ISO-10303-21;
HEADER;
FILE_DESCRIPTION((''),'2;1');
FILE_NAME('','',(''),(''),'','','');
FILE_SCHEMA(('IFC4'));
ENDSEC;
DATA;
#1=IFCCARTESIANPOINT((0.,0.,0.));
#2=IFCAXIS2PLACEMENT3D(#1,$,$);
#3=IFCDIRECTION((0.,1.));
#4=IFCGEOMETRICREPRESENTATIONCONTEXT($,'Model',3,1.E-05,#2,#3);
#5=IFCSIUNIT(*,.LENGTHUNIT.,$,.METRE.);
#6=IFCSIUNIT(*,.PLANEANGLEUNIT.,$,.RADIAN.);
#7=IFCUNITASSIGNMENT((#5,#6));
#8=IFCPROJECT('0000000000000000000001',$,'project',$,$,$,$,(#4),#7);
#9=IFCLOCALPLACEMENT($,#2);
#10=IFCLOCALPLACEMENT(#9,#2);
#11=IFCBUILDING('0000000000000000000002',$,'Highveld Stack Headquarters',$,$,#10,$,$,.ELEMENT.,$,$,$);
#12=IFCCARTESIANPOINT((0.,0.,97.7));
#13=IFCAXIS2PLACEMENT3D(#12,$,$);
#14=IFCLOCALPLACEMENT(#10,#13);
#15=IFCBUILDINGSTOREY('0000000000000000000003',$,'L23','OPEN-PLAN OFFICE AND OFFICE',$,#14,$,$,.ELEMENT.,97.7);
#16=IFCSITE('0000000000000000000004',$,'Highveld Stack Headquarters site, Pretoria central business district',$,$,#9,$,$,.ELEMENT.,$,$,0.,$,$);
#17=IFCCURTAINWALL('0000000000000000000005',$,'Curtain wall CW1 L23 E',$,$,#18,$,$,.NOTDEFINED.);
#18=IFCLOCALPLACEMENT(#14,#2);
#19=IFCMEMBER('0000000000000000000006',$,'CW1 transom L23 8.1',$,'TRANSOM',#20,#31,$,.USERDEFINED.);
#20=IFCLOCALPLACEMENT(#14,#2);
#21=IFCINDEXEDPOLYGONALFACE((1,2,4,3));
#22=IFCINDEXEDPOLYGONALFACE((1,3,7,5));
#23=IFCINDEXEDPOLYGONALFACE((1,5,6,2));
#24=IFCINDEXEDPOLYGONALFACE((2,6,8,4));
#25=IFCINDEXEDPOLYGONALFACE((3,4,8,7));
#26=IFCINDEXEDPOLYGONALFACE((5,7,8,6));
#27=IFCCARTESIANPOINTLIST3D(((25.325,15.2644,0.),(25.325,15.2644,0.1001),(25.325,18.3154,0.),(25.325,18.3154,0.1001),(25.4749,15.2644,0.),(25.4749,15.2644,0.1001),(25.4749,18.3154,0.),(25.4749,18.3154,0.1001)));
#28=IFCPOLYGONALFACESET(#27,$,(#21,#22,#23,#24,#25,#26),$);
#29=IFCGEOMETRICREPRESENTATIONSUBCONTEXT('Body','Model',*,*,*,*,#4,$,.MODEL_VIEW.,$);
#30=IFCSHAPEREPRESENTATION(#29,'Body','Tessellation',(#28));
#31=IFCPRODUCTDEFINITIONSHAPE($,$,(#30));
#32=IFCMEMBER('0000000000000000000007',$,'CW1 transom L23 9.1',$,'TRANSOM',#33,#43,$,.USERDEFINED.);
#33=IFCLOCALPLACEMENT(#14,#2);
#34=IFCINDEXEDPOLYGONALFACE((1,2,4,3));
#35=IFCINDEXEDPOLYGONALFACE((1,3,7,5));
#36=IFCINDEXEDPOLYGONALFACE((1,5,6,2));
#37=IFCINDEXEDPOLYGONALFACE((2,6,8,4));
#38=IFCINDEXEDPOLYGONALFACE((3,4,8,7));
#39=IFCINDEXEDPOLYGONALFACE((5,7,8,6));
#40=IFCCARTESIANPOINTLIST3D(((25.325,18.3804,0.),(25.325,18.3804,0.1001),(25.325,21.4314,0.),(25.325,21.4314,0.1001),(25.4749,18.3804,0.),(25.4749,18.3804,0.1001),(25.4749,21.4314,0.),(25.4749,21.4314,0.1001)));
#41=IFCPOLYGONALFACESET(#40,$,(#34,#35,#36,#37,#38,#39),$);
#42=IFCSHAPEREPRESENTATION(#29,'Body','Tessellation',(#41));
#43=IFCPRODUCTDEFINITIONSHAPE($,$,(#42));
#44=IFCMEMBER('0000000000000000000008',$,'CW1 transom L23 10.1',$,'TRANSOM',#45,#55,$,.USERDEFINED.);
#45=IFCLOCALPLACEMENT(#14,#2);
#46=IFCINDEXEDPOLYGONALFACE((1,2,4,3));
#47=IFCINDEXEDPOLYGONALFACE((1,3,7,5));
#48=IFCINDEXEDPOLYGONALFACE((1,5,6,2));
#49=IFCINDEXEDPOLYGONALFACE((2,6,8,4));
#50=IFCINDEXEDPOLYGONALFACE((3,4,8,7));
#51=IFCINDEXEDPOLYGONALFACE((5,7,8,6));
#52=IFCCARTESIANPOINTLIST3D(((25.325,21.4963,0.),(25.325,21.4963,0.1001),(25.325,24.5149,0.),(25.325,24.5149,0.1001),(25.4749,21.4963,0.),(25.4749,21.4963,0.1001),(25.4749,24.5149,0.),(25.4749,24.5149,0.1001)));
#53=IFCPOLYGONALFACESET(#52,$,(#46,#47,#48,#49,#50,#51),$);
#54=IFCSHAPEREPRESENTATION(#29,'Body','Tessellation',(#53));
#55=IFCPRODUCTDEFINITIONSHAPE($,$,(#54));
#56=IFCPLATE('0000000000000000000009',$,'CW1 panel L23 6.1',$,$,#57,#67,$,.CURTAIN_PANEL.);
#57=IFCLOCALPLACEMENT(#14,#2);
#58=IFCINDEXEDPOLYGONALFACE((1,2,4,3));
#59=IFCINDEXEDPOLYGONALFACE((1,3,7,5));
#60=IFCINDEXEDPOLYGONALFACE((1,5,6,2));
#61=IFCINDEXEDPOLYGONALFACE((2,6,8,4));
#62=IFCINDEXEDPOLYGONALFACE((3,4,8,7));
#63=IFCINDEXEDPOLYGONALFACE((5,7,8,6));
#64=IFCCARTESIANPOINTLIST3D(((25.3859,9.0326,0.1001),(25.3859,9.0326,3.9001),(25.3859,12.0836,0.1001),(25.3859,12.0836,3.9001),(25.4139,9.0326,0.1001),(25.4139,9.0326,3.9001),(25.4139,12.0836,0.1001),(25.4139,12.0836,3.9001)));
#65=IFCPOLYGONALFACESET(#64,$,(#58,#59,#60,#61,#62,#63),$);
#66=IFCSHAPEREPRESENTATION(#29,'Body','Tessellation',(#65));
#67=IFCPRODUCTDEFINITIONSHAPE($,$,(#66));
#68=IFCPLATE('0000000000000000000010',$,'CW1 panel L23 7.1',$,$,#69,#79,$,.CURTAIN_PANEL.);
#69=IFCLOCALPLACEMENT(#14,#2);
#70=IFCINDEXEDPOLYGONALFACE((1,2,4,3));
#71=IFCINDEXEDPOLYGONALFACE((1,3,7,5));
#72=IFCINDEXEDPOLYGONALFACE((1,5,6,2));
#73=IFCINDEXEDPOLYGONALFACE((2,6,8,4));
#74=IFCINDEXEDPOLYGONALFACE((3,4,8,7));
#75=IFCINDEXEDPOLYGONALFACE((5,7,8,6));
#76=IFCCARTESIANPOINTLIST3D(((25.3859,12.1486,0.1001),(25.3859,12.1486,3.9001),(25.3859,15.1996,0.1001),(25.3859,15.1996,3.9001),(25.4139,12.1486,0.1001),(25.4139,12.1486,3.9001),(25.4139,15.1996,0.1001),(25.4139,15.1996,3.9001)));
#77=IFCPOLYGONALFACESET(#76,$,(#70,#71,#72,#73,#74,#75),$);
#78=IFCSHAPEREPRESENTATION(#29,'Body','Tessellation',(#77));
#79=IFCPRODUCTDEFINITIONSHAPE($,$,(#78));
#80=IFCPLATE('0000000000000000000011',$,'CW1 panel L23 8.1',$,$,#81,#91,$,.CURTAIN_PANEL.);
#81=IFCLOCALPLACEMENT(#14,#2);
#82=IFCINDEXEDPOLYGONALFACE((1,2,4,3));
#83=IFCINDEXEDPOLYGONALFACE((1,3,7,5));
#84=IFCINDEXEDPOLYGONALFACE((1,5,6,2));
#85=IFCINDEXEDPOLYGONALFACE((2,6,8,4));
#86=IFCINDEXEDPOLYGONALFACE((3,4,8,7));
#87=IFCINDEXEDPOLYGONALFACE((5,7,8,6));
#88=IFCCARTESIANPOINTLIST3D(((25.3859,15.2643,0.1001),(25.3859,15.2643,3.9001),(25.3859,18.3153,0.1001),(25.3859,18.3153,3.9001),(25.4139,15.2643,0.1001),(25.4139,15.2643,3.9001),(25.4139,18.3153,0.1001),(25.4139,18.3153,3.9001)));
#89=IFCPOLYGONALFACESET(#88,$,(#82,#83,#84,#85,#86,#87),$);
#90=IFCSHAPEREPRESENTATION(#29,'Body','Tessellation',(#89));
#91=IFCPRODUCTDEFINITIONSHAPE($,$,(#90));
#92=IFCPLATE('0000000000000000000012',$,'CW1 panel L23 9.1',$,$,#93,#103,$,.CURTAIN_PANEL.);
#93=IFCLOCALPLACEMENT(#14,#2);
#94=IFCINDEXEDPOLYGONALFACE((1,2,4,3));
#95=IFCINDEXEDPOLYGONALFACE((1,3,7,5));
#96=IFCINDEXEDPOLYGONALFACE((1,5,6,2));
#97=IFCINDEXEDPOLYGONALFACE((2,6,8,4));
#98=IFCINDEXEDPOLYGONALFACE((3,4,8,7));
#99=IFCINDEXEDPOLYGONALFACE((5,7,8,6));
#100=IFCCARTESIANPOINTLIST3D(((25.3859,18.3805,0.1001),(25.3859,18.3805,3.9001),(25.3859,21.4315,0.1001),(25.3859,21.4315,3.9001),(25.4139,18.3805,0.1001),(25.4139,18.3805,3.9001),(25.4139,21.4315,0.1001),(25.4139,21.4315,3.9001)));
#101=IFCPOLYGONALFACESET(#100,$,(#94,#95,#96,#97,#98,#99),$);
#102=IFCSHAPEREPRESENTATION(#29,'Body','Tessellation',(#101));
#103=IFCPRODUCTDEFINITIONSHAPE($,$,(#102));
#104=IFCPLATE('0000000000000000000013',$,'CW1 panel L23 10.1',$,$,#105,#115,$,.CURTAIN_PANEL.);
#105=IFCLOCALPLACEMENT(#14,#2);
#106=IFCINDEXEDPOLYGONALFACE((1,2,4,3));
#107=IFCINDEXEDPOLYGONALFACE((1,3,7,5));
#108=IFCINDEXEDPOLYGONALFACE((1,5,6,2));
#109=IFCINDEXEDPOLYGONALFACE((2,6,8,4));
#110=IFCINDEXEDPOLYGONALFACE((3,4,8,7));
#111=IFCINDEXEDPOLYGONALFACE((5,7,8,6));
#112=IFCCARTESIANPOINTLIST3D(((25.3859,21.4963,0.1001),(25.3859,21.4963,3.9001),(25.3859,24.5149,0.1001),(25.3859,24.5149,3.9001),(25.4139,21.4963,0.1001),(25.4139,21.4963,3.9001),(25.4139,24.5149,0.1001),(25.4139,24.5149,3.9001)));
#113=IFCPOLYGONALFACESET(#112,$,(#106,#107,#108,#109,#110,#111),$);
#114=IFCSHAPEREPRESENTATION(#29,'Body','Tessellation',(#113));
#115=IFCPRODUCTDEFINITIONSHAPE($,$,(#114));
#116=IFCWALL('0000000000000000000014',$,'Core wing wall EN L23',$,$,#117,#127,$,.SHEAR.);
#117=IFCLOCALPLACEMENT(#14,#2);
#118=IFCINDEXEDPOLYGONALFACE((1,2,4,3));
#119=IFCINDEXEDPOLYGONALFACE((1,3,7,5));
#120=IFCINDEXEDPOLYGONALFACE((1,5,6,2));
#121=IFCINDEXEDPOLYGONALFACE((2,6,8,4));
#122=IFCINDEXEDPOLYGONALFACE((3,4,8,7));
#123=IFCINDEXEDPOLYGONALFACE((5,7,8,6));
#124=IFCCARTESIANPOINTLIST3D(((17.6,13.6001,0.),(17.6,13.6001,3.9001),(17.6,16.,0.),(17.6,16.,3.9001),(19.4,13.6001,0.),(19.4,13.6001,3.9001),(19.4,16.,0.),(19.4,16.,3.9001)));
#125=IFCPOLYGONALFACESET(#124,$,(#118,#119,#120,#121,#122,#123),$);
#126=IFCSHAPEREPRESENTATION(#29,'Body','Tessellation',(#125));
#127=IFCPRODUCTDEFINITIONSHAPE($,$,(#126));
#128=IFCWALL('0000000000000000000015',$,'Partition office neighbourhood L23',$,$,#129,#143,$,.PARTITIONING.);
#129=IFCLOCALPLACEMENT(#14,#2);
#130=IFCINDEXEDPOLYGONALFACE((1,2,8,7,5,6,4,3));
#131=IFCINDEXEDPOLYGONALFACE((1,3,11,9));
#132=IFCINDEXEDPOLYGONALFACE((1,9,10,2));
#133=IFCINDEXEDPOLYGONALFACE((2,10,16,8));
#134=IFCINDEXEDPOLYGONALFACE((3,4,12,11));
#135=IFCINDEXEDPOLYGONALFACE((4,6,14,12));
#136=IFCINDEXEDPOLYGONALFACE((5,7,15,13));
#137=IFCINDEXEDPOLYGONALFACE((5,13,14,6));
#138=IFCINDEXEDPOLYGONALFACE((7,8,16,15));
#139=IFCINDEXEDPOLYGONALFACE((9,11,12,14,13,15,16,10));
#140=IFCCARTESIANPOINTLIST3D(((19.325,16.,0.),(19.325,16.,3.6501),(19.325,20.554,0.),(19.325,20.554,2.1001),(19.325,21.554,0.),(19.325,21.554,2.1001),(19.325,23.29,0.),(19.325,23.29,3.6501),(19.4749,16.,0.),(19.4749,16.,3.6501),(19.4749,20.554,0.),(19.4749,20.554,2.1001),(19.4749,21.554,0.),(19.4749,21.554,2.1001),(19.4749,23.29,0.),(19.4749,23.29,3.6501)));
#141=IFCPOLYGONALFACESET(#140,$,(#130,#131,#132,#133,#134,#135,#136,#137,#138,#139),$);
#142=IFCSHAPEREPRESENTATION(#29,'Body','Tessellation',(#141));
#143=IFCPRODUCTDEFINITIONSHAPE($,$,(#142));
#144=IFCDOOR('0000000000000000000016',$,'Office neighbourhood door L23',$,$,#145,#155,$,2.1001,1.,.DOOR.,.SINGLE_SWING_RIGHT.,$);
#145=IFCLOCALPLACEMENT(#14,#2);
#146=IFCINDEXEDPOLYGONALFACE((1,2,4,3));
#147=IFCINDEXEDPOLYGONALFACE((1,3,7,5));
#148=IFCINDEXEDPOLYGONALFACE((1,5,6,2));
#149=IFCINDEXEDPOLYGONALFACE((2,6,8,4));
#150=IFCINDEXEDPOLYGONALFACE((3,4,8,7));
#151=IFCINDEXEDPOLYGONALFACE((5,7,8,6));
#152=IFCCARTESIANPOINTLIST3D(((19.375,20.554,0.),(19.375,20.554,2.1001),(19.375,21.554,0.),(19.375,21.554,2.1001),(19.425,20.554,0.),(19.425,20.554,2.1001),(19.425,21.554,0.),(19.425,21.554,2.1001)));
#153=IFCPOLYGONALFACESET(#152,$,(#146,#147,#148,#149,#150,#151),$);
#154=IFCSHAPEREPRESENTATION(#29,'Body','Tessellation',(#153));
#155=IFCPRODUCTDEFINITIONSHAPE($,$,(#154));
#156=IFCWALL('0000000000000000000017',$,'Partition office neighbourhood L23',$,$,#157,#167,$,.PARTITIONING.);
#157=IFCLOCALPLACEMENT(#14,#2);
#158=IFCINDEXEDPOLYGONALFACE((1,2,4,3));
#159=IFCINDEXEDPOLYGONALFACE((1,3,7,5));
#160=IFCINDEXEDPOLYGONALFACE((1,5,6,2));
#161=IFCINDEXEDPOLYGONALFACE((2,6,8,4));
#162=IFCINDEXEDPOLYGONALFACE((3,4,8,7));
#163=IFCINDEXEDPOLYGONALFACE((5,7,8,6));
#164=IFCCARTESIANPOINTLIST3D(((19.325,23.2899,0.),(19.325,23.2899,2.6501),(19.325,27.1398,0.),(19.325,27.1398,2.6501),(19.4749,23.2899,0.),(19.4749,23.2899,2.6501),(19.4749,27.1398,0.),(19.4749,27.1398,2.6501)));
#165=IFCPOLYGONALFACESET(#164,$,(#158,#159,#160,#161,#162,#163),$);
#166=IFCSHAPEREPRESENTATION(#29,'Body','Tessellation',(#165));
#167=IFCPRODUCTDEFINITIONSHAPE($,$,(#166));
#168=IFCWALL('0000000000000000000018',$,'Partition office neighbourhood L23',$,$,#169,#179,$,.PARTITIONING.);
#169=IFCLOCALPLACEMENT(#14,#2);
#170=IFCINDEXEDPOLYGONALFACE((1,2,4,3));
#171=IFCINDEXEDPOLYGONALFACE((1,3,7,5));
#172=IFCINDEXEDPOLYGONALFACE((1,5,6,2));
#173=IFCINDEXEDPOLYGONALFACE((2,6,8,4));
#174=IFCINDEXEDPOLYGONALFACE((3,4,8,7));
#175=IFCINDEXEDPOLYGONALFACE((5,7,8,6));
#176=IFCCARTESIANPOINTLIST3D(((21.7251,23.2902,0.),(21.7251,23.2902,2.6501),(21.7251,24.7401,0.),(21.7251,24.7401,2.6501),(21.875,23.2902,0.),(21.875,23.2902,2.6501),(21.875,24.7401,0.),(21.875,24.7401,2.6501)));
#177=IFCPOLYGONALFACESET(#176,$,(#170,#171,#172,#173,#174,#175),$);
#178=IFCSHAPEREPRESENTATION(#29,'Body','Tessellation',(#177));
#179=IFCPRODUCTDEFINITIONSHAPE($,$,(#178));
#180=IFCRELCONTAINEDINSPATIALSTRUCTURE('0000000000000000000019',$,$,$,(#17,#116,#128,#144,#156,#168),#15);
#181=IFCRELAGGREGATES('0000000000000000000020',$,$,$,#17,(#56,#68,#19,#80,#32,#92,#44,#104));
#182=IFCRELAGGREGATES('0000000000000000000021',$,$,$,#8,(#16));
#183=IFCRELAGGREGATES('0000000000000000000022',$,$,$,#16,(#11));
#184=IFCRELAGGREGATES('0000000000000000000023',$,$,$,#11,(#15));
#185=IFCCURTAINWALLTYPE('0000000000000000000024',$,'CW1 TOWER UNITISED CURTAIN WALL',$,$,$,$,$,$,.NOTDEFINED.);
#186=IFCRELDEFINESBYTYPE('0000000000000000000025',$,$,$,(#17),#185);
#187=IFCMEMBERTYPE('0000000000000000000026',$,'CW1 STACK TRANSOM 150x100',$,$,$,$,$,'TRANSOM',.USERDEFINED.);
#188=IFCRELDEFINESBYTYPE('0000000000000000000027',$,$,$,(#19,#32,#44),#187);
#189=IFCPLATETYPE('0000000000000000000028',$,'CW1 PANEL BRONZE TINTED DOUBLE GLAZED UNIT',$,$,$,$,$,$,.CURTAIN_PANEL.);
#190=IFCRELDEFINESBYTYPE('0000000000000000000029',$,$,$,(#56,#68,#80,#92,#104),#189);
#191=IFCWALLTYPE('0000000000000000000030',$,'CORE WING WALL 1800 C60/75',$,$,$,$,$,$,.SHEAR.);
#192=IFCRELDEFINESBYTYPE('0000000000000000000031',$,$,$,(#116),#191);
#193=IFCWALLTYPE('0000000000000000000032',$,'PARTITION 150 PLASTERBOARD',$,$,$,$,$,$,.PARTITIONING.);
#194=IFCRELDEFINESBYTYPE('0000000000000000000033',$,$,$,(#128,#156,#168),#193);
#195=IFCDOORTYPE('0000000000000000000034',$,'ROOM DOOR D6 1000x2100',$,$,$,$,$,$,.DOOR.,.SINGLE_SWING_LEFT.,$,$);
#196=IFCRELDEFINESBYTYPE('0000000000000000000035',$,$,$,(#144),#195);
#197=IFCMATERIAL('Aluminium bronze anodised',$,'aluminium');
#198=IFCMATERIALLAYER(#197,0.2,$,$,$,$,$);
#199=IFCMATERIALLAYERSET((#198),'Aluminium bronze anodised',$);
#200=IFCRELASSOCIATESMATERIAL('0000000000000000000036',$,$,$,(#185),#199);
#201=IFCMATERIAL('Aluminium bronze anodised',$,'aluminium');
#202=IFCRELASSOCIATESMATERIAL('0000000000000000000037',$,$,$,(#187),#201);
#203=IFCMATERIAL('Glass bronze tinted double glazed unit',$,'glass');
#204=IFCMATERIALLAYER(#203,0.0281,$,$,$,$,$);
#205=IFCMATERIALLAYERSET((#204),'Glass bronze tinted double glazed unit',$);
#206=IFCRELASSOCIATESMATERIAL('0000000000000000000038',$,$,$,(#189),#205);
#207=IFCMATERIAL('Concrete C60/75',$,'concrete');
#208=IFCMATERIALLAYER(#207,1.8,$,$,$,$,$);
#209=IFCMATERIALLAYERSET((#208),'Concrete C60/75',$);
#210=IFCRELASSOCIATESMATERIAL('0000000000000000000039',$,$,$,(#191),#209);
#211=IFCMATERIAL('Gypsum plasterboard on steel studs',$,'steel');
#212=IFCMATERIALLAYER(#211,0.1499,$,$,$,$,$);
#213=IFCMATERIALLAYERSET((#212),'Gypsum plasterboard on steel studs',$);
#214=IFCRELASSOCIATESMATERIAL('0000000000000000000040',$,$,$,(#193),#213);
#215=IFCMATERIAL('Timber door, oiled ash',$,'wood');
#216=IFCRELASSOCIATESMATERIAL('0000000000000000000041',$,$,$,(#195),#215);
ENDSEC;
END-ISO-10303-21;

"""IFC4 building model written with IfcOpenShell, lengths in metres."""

from ifc_helpers import new_model, si_unit, direction, frame, frame_2d, origin, origin_2d, place, context, subcontext, project, spatial, rectangle, extrude, material, layer, layer_set, material_profile, profile_set, type_object, element, fill, aggregate, save


model = new_model("IFC4")

# Units and contexts
model_context = context("Model", 3, precision=1e-05, world=origin(), true_north=direction((0.0, 1.0)))
body_context = subcontext(model_context, "Body", "Model", "MODEL_VIEW")
ifc_project = project(units=[si_unit("LENGTHUNIT", "METRE"), si_unit("PLANEANGLEUNIT", "RADIAN")], contexts=[model_context])

# Site, building, storey
site_placement = place(None, origin())
site = spatial("IfcSite", under=ifc_project, at=site_placement, Name="Highveld Stack Headquarters site, Pretoria central business district", CompositionType="ELEMENT", RefElevation=0.0)
building_placement = place(site_placement, origin())
building = spatial("IfcBuilding", under=site, at=building_placement, Name="Highveld Stack Headquarters", CompositionType="ELEMENT")
storey_placement = place(building_placement, frame((0.0, 0.0, 97.7)))
storey = spatial("IfcBuildingStorey", under=building, at=storey_placement, Name="L23", Description="OPEN-PLAN OFFICE AND OFFICE", CompositionType="ELEMENT", Elevation=97.7)

# Curtain wall, members, plates
ifc_material_1 = material(Name="Aluminium bronze anodised", Category="aluminium")
ifc_layer_1 = layer(ifc_material_1, 0.2)
ifc_layer_set_1 = layer_set([ifc_layer_1], Name="Aluminium bronze anodised")
curtain_wall_type = type_object("IfcCurtainWallType", Name="CW1 TOWER UNITISED CURTAIN WALL", PredefinedType="NOTDEFINED", material=ifc_layer_set_1)
curtain_wall_placement = place(storey_placement, origin())
curtain_wall = element("IfcCurtainWall", 1, at=curtain_wall_placement, inside=storey, type_object=curtain_wall_type, Name="Curtain wall CW1 L23 E", PredefinedType="NOTDEFINED")
ifc_material_2 = material(Name="Aluminium bronze anodised", Category="aluminium")
ifc_material_profile_1 = material_profile(ifc_material_2, rectangle(XDim=0.1499, YDim=0.1001, at=origin_2d()), Name="CW1 TRANSOM 150x100")
ifc_profile_set_1 = profile_set([ifc_material_profile_1], Name="Aluminium bronze anodised")
member_type_1 = type_object("IfcMemberType", Name="CW1 STACK TRANSOM 150x100", ElementType="TRANSOM", PredefinedType="USERDEFINED", material=ifc_profile_set_1)
member_1_placement = place(storey_placement, frame((25.3999, 15.2644, 0.05), z_axis=(0.0, 1.0, 0.0), x_axis=(-1.0, 0.0, 0.0)))
member_1 = element("IfcMember", 2, at=member_1_placement, type_object=member_type_1, Name="CW1 transom L23 8.1", ObjectType="TRANSOM", PredefinedType="USERDEFINED", context=body_context, shape_type="SweptSolid", body=[
    extrude(rectangle(XDim=0.1499, YDim=0.1001, at=origin_2d()), origin(), (0.0, 0.0, 1.0), 3.051),
])
member_2_placement = place(storey_placement, frame((25.3999, 18.3804, 0.05), z_axis=(0.0, 1.0, 0.0), x_axis=(-1.0, 0.0, 0.0)))
member_2 = element("IfcMember", 3, at=member_2_placement, type_object=member_type_1, Name="CW1 transom L23 9.1", ObjectType="TRANSOM", PredefinedType="USERDEFINED", context=body_context, shape_type="SweptSolid", body=[
    extrude(rectangle(XDim=0.1499, YDim=0.1001, at=origin_2d()), origin(), (0.0, 0.0, 1.0), 3.051),
])
member_3_placement = place(storey_placement, frame((25.3999, 21.4963, 0.05), z_axis=(0.0, 1.0, 0.0), x_axis=(-1.0, 0.0, 0.0)))
member_3 = element("IfcMember", 4, at=member_3_placement, type_object=member_type_1, Name="CW1 transom L23 10.1", ObjectType="TRANSOM", PredefinedType="USERDEFINED", context=body_context, shape_type="SweptSolid", body=[
    extrude(rectangle(XDim=0.1499, YDim=0.1001, at=origin_2d()), origin(), (0.0, 0.0, 1.0), 3.0186),
])
ifc_material_3 = material(Name="Glass bronze tinted double glazed unit", Category="glass")
ifc_layer_2 = layer(ifc_material_3, 0.0281)
ifc_layer_set_2 = layer_set([ifc_layer_2], Name="Glass bronze tinted double glazed unit")
plate_type = type_object("IfcPlateType", Name="CW1 PANEL BRONZE TINTED DOUBLE GLAZED UNIT", PredefinedType="CURTAIN_PANEL", material=ifc_layer_set_2)
plate_1_placement = place(storey_placement, frame((25.3999, 10.5581, 0.1001), z_axis=(0.0, 0.0, 1.0), x_axis=(0.0, 1.0, 0.0)))
plate_1 = element("IfcPlate", 5, at=plate_1_placement, type_object=plate_type, Name="CW1 panel L23 6.1", PredefinedType="CURTAIN_PANEL", context=body_context, shape_type="SweptSolid", body=[
    extrude(rectangle(XDim=3.051, YDim=0.0281, at=origin_2d()), origin(), (0.0, 0.0, 1.0), 3.8),
])
plate_2_placement = place(storey_placement, frame((25.3999, 13.6741, 0.1001), z_axis=(0.0, 0.0, 1.0), x_axis=(0.0, 1.0, 0.0)))
plate_2 = element("IfcPlate", 6, at=plate_2_placement, type_object=plate_type, Name="CW1 panel L23 7.1", PredefinedType="CURTAIN_PANEL", context=body_context, shape_type="SweptSolid", body=[
    extrude(rectangle(XDim=3.051, YDim=0.0281, at=origin_2d()), origin(), (0.0, 0.0, 1.0), 3.8),
])
plate_3_placement = place(storey_placement, frame((25.3999, 16.7898, 0.1001), z_axis=(0.0, 0.0, 1.0), x_axis=(0.0, 1.0, 0.0)))
plate_3 = element("IfcPlate", 7, at=plate_3_placement, type_object=plate_type, Name="CW1 panel L23 8.1", PredefinedType="CURTAIN_PANEL", context=body_context, shape_type="SweptSolid", body=[
    extrude(rectangle(XDim=3.051, YDim=0.0281, at=origin_2d()), origin(), (0.0, 0.0, 1.0), 3.8),
])
plate_4_placement = place(storey_placement, frame((25.3999, 19.906, 0.1001), z_axis=(0.0, 0.0, 1.0), x_axis=(0.0, 1.0, 0.0)))
plate_4 = element("IfcPlate", 8, at=plate_4_placement, type_object=plate_type, Name="CW1 panel L23 9.1", PredefinedType="CURTAIN_PANEL", context=body_context, shape_type="SweptSolid", body=[
    extrude(rectangle(XDim=3.051, YDim=0.0281, at=origin_2d()), origin(), (0.0, 0.0, 1.0), 3.8),
])
plate_5_placement = place(storey_placement, frame((25.3999, 23.0056, 0.1001), z_axis=(0.0, 0.0, 1.0), x_axis=(0.0, 1.0, 0.0)))
plate_5 = element("IfcPlate", 9, at=plate_5_placement, type_object=plate_type, Name="CW1 panel L23 10.1", PredefinedType="CURTAIN_PANEL", context=body_context, shape_type="SweptSolid", body=[
    extrude(rectangle(XDim=3.0186, YDim=0.0281, at=origin_2d()), origin(), (0.0, 0.0, 1.0), 3.8),
])
aggregate(curtain_wall, [plate_1, plate_2, member_1, plate_3, member_2, plate_4, member_3, plate_5])

# Wall
ifc_material_4 = material(Name="Concrete C60/75", Category="concrete")
ifc_layer_3 = layer(ifc_material_4, 1.8)
ifc_layer_set_3 = layer_set([ifc_layer_3], Name="Concrete C60/75")
wall_type_1 = type_object("IfcWallType", Name="CORE WING WALL 1800 C60/75", PredefinedType="SHEAR", material=ifc_layer_set_3)
wall_1_placement = place(storey_placement, frame((18.5, 13.6001, 0.0), z_axis=(0.0, 0.0, 1.0), x_axis=(0.0, 1.0, 0.0)))
element("IfcWall", 10, at=wall_1_placement, inside=storey, type_object=wall_type_1, Name="Core wing wall EN L23", PredefinedType="SHEAR", context=body_context, shape_type="SweptSolid", body=[
    extrude(rectangle(XDim=2.3999, YDim=1.8, at=frame_2d((1.2, 0.0))), origin(), (0.0, 0.0, 1.0), 3.9001),
])

# Wall, opening, door
ifc_material_5 = material(Name="Gypsum plasterboard on steel studs", Category="steel")
ifc_layer_4 = layer(ifc_material_5, 0.1499)
ifc_layer_set_4 = layer_set([ifc_layer_4], Name="Gypsum plasterboard on steel studs")
wall_type_2 = type_object("IfcWallType", Name="PARTITION 150 PLASTERBOARD", PredefinedType="PARTITIONING", material=ifc_layer_set_4)
wall_2_placement = place(storey_placement, frame((19.3999, 16.0, 0.0), z_axis=(0.0, 0.0, 1.0), x_axis=(0.0, 1.0, 0.0)))
wall_2 = element("IfcWall", 11, at=wall_2_placement, inside=storey, type_object=wall_type_2, Name="Partition office neighbourhood L23", PredefinedType="PARTITIONING", context=body_context, shape_type="SweptSolid", body=[
    extrude(rectangle(XDim=7.29, YDim=0.1499, at=frame_2d((3.645, 0.0))), origin(), (0.0, 0.0, 1.0), 3.6501),
])
opening_placement = place(wall_2_placement, frame((4.554, 0.0, 0.0)))
opening = element("IfcOpeningElement", 12, at=opening_placement, cuts=wall_2, PredefinedType="OPENING", context=body_context, shape_type="SweptSolid", body=[
    extrude(rectangle(XDim=1.0, YDim=2.1001, at=frame_2d((0.5, 1.05))), frame((0.0, 0.085, 0.0), z_axis=(0.0, -1.0, 0.0), x_axis=(1.0, 0.0, 0.0)), (0.0, 0.0, 1.0), 0.1699),
])
ifc_material_6 = material(Name="Timber door, oiled ash", Category="wood")
door_type = type_object("IfcDoorType", Name="ROOM DOOR D6 1000x2100", OperationType="SINGLE_SWING_LEFT", PredefinedType="DOOR", material=ifc_material_6)
door_placement = place(opening_placement, origin())
door = element("IfcDoor", 13, at=door_placement, inside=storey, type_object=door_type, Name="Office neighbourhood door L23", OperationType="SINGLE_SWING_RIGHT", OverallHeight=2.1001, OverallWidth=1.0, PredefinedType="DOOR", context=body_context, shape_type="SweptSolid", body=[
    extrude(rectangle(XDim=1.0, YDim=2.1001, at=frame_2d((0.5, 1.05))), frame((0.0, 0.0249, 0.0), z_axis=(0.0, -1.0, 0.0), x_axis=(1.0, 0.0, 0.0)), (0.0, 0.0, 1.0), 0.05),
])
fill(opening, door)

# Walls
wall_3_placement = place(storey_placement, frame((19.3999, 23.29, 0.0), z_axis=(0.0, 0.0, 1.0), x_axis=(0.0, 1.0, 0.0)))
element("IfcWall", 14, at=wall_3_placement, inside=storey, type_object=wall_type_2, Name="Partition office neighbourhood L23", PredefinedType="PARTITIONING", context=body_context, shape_type="SweptSolid", body=[
    extrude(rectangle(XDim=3.8499, YDim=0.1499, at=frame_2d((1.9248, 0.0))), origin(), (0.0, 0.0, 1.0), 2.6501),
])
wall_4_placement = place(storey_placement, frame((21.8, 23.29, 0.0), z_axis=(0.0, 0.0, 1.0), x_axis=(0.0, 1.0, 0.0)))
element("IfcWall", 15, at=wall_4_placement, inside=storey, type_object=wall_type_2, Name="Partition office neighbourhood L23", PredefinedType="PARTITIONING", context=body_context, shape_type="SweptSolid", body=[
    extrude(rectangle(XDim=1.45, YDim=0.1499, at=frame_2d((0.7251, 0.0))), origin(), (0.0, 0.0, 1.0), 2.6501),
])

save(model, "model.ifc")
